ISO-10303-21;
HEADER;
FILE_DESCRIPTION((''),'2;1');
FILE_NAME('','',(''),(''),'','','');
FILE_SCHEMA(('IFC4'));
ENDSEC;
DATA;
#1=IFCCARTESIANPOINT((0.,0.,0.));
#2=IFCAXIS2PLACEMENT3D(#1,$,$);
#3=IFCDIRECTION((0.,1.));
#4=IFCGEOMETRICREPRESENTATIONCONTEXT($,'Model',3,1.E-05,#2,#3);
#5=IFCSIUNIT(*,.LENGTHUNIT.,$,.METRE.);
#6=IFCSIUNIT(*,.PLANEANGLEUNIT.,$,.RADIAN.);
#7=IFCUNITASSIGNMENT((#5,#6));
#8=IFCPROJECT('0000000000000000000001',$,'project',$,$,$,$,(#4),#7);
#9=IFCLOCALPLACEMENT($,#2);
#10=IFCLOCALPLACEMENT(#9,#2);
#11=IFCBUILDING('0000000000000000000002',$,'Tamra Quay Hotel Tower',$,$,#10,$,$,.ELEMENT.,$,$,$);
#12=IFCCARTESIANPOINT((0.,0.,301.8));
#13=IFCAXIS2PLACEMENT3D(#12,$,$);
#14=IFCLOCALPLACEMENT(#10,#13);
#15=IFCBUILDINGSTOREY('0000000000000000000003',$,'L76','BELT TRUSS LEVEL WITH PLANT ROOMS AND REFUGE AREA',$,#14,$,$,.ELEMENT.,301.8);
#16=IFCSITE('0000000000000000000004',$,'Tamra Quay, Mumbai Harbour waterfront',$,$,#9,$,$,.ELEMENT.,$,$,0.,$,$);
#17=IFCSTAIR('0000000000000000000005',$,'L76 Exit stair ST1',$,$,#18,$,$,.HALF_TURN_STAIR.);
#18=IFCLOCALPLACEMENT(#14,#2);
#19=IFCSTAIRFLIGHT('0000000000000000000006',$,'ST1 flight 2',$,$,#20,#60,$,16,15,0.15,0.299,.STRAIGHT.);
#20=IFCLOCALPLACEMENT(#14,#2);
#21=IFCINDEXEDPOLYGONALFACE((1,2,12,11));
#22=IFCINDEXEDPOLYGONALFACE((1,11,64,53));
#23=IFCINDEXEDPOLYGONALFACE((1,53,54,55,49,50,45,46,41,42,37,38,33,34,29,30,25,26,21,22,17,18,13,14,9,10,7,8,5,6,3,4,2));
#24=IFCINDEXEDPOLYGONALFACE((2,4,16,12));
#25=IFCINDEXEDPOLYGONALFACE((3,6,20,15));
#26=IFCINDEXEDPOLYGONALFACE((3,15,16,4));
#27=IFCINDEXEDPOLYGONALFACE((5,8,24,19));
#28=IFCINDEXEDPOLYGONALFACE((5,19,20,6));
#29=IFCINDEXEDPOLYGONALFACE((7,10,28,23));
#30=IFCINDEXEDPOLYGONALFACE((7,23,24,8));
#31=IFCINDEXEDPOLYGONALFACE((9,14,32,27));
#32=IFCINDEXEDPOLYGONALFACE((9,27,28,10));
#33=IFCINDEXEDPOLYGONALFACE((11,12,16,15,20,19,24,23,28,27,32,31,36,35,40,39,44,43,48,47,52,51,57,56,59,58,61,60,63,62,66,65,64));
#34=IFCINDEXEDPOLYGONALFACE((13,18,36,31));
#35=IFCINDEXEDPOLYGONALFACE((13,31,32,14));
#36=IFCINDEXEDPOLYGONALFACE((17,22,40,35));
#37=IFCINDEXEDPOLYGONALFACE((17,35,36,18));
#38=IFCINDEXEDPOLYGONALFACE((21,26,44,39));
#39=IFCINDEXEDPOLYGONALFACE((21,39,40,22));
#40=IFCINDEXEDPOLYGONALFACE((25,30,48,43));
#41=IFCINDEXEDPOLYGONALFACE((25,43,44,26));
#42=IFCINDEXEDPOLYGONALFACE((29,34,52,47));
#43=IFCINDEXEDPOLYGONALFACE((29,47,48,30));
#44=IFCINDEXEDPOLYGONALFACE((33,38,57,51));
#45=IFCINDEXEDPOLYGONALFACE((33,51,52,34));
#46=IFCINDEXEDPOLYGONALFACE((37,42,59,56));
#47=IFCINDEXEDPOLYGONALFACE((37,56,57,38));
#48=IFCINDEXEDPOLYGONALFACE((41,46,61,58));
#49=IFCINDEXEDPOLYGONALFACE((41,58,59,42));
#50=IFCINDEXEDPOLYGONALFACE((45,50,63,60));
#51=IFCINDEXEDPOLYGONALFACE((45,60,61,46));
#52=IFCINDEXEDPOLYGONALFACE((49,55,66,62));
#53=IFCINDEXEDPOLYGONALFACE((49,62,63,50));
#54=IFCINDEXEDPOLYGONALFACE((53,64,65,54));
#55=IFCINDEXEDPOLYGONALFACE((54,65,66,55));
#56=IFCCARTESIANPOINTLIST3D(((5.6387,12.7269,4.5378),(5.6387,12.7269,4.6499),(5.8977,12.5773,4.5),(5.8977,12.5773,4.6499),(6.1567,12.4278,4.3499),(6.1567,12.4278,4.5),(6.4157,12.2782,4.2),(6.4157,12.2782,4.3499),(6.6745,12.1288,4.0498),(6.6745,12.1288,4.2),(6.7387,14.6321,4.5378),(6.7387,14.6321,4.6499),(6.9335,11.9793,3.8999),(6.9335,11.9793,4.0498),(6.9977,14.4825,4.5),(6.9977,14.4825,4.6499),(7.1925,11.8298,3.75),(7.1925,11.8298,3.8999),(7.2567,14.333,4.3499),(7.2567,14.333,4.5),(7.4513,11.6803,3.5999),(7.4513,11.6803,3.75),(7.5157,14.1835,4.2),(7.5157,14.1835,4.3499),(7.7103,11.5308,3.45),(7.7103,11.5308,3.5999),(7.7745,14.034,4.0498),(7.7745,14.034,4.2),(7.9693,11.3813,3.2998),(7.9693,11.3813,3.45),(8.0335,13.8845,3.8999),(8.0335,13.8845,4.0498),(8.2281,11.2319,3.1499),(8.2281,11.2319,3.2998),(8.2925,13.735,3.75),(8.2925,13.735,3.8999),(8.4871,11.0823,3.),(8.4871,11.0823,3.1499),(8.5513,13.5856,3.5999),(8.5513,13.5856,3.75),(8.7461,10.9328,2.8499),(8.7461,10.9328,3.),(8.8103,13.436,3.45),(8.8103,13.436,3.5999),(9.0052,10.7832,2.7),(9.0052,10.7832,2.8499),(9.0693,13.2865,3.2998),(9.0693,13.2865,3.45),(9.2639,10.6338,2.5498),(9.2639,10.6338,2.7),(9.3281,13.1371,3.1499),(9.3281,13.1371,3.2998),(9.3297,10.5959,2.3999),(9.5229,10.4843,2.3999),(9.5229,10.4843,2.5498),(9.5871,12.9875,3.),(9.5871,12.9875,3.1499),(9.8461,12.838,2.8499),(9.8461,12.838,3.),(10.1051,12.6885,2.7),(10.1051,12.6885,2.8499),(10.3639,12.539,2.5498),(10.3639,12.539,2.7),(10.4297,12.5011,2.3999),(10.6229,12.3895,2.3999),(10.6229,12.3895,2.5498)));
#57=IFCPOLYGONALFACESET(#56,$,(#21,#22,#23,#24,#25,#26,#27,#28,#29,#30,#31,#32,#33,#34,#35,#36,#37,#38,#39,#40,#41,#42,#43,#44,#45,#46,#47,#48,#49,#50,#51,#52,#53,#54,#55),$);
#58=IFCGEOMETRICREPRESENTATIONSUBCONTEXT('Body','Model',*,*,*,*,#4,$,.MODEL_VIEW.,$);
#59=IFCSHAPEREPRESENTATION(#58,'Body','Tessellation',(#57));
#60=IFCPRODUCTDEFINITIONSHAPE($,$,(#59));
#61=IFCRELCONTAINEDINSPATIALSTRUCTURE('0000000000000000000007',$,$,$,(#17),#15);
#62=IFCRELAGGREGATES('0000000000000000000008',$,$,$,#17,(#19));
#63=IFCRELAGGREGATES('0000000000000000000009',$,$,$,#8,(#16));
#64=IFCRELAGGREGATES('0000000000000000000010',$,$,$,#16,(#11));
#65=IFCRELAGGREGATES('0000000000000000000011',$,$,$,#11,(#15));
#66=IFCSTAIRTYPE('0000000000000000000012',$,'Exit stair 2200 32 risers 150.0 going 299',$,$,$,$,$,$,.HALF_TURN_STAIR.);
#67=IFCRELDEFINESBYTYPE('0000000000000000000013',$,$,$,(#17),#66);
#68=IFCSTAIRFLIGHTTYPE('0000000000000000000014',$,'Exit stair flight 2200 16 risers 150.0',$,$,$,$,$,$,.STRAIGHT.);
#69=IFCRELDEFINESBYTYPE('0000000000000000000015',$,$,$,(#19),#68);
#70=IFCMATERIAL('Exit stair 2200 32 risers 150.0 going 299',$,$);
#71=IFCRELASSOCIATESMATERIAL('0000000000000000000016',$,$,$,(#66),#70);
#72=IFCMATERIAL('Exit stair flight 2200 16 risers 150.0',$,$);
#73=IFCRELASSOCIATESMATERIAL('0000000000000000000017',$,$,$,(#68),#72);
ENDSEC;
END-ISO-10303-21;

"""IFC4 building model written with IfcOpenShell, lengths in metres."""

from ifc_helpers import new_model, si_unit, direction, frame, origin, place, context, subcontext, project, spatial, polyline, outline, extrude, material, type_object, element, aggregate, save


model = new_model("IFC4")

# Units and contexts
model_context = context("Model", 3, precision=1e-05, world=origin(), true_north=direction((0.0, 1.0)))
body_context = subcontext(model_context, "Body", "Model", "MODEL_VIEW")
ifc_project = project(units=[si_unit("LENGTHUNIT", "METRE"), si_unit("PLANEANGLEUNIT", "RADIAN")], contexts=[model_context])

# Site, building, storey
site_placement = place(None, origin())
site = spatial("IfcSite", under=ifc_project, at=site_placement, Name="Tamra Quay, Mumbai Harbour waterfront", CompositionType="ELEMENT", RefElevation=0.0)
building_placement = place(site_placement, origin())
building = spatial("IfcBuilding", under=site, at=building_placement, Name="Tamra Quay Hotel Tower", CompositionType="ELEMENT")
storey_placement = place(building_placement, frame((0.0, 0.0, 301.8)))
storey = spatial("IfcBuildingStorey", under=building, at=storey_placement, Name="L76", Description="BELT TRUSS LEVEL WITH PLANT ROOMS AND REFUGE AREA", CompositionType="ELEMENT", Elevation=301.8)

# Stair, stair flight
ifc_material_1 = material(Name="Exit stair 2200 32 risers 150.0 going 299")
stair_type = type_object("IfcStairType", Name="Exit stair 2200 32 risers 150.0 going 299", PredefinedType="HALF_TURN_STAIR", material=ifc_material_1)
stair_placement = place(storey_placement, origin())
stair = element("IfcStair", 1, at=stair_placement, inside=storey, type_object=stair_type, Name="L76 Exit stair ST1", PredefinedType="HALF_TURN_STAIR")
ifc_material_2 = material(Name="Exit stair flight 2200 16 risers 150.0")
stair_flight_type = type_object("IfcStairFlightType", Name="Exit stair flight 2200 16 risers 150.0", PredefinedType="STRAIGHT", material=ifc_material_2)
stair_flight_1_placement = place(storey_placement, frame((10.073, 11.437, 2.3999), z_axis=(0.0, 0.0, 1.0), x_axis=(-0.866025, 0.5, 0.0)))
stair_flight_1 = element("IfcStairFlight", 2, at=stair_flight_1_placement, type_object=stair_flight_type, Name="ST1 flight 2", NumberOfRisers=16, NumberOfTreads=15, PredefinedType="STRAIGHT", RiserHeight=0.15, TreadLength=0.299, context=body_context, shape_type="SweptSolid", body=[
    extrude(outline(polyline([(0.0, 0.0), (0.0, 0.1499), (0.2991, 0.1499), (0.2991, 0.3), (0.5979, 0.3), (0.5979, 0.45), (0.897, 0.45), (0.897, 0.6001), (1.196, 0.6001), (1.196, 0.75), (1.4951, 0.75), (1.4951, 0.8999), (1.7939, 0.8999), (1.7939, 1.05), (2.093, 1.05), (2.093, 1.2), (2.3921, 1.2), (2.3921, 1.3501), (2.6909, 1.3501), (2.6909, 1.5), (2.99, 1.5), (2.99, 1.6499), (3.2891, 1.6499), (3.2891, 1.8), (3.5879, 1.8), (3.5879, 1.95), (3.887, 1.95), (3.887, 2.1001), (4.186, 2.1001), (4.186, 2.25), (4.4851, 2.25), (4.4851, 2.3999), (4.4851, 2.1379), (0.2231, 0.0), (0.0, 0.0)])), frame((0.0, 1.1001, 0.0), z_axis=(0.0, -1.0, 0.0), x_axis=(1.0, 0.0, 0.0)), (0.0, 0.0, 1.0), 2.2),
])
aggregate(stair, [stair_flight_1])

save(model, "model.ifc")
